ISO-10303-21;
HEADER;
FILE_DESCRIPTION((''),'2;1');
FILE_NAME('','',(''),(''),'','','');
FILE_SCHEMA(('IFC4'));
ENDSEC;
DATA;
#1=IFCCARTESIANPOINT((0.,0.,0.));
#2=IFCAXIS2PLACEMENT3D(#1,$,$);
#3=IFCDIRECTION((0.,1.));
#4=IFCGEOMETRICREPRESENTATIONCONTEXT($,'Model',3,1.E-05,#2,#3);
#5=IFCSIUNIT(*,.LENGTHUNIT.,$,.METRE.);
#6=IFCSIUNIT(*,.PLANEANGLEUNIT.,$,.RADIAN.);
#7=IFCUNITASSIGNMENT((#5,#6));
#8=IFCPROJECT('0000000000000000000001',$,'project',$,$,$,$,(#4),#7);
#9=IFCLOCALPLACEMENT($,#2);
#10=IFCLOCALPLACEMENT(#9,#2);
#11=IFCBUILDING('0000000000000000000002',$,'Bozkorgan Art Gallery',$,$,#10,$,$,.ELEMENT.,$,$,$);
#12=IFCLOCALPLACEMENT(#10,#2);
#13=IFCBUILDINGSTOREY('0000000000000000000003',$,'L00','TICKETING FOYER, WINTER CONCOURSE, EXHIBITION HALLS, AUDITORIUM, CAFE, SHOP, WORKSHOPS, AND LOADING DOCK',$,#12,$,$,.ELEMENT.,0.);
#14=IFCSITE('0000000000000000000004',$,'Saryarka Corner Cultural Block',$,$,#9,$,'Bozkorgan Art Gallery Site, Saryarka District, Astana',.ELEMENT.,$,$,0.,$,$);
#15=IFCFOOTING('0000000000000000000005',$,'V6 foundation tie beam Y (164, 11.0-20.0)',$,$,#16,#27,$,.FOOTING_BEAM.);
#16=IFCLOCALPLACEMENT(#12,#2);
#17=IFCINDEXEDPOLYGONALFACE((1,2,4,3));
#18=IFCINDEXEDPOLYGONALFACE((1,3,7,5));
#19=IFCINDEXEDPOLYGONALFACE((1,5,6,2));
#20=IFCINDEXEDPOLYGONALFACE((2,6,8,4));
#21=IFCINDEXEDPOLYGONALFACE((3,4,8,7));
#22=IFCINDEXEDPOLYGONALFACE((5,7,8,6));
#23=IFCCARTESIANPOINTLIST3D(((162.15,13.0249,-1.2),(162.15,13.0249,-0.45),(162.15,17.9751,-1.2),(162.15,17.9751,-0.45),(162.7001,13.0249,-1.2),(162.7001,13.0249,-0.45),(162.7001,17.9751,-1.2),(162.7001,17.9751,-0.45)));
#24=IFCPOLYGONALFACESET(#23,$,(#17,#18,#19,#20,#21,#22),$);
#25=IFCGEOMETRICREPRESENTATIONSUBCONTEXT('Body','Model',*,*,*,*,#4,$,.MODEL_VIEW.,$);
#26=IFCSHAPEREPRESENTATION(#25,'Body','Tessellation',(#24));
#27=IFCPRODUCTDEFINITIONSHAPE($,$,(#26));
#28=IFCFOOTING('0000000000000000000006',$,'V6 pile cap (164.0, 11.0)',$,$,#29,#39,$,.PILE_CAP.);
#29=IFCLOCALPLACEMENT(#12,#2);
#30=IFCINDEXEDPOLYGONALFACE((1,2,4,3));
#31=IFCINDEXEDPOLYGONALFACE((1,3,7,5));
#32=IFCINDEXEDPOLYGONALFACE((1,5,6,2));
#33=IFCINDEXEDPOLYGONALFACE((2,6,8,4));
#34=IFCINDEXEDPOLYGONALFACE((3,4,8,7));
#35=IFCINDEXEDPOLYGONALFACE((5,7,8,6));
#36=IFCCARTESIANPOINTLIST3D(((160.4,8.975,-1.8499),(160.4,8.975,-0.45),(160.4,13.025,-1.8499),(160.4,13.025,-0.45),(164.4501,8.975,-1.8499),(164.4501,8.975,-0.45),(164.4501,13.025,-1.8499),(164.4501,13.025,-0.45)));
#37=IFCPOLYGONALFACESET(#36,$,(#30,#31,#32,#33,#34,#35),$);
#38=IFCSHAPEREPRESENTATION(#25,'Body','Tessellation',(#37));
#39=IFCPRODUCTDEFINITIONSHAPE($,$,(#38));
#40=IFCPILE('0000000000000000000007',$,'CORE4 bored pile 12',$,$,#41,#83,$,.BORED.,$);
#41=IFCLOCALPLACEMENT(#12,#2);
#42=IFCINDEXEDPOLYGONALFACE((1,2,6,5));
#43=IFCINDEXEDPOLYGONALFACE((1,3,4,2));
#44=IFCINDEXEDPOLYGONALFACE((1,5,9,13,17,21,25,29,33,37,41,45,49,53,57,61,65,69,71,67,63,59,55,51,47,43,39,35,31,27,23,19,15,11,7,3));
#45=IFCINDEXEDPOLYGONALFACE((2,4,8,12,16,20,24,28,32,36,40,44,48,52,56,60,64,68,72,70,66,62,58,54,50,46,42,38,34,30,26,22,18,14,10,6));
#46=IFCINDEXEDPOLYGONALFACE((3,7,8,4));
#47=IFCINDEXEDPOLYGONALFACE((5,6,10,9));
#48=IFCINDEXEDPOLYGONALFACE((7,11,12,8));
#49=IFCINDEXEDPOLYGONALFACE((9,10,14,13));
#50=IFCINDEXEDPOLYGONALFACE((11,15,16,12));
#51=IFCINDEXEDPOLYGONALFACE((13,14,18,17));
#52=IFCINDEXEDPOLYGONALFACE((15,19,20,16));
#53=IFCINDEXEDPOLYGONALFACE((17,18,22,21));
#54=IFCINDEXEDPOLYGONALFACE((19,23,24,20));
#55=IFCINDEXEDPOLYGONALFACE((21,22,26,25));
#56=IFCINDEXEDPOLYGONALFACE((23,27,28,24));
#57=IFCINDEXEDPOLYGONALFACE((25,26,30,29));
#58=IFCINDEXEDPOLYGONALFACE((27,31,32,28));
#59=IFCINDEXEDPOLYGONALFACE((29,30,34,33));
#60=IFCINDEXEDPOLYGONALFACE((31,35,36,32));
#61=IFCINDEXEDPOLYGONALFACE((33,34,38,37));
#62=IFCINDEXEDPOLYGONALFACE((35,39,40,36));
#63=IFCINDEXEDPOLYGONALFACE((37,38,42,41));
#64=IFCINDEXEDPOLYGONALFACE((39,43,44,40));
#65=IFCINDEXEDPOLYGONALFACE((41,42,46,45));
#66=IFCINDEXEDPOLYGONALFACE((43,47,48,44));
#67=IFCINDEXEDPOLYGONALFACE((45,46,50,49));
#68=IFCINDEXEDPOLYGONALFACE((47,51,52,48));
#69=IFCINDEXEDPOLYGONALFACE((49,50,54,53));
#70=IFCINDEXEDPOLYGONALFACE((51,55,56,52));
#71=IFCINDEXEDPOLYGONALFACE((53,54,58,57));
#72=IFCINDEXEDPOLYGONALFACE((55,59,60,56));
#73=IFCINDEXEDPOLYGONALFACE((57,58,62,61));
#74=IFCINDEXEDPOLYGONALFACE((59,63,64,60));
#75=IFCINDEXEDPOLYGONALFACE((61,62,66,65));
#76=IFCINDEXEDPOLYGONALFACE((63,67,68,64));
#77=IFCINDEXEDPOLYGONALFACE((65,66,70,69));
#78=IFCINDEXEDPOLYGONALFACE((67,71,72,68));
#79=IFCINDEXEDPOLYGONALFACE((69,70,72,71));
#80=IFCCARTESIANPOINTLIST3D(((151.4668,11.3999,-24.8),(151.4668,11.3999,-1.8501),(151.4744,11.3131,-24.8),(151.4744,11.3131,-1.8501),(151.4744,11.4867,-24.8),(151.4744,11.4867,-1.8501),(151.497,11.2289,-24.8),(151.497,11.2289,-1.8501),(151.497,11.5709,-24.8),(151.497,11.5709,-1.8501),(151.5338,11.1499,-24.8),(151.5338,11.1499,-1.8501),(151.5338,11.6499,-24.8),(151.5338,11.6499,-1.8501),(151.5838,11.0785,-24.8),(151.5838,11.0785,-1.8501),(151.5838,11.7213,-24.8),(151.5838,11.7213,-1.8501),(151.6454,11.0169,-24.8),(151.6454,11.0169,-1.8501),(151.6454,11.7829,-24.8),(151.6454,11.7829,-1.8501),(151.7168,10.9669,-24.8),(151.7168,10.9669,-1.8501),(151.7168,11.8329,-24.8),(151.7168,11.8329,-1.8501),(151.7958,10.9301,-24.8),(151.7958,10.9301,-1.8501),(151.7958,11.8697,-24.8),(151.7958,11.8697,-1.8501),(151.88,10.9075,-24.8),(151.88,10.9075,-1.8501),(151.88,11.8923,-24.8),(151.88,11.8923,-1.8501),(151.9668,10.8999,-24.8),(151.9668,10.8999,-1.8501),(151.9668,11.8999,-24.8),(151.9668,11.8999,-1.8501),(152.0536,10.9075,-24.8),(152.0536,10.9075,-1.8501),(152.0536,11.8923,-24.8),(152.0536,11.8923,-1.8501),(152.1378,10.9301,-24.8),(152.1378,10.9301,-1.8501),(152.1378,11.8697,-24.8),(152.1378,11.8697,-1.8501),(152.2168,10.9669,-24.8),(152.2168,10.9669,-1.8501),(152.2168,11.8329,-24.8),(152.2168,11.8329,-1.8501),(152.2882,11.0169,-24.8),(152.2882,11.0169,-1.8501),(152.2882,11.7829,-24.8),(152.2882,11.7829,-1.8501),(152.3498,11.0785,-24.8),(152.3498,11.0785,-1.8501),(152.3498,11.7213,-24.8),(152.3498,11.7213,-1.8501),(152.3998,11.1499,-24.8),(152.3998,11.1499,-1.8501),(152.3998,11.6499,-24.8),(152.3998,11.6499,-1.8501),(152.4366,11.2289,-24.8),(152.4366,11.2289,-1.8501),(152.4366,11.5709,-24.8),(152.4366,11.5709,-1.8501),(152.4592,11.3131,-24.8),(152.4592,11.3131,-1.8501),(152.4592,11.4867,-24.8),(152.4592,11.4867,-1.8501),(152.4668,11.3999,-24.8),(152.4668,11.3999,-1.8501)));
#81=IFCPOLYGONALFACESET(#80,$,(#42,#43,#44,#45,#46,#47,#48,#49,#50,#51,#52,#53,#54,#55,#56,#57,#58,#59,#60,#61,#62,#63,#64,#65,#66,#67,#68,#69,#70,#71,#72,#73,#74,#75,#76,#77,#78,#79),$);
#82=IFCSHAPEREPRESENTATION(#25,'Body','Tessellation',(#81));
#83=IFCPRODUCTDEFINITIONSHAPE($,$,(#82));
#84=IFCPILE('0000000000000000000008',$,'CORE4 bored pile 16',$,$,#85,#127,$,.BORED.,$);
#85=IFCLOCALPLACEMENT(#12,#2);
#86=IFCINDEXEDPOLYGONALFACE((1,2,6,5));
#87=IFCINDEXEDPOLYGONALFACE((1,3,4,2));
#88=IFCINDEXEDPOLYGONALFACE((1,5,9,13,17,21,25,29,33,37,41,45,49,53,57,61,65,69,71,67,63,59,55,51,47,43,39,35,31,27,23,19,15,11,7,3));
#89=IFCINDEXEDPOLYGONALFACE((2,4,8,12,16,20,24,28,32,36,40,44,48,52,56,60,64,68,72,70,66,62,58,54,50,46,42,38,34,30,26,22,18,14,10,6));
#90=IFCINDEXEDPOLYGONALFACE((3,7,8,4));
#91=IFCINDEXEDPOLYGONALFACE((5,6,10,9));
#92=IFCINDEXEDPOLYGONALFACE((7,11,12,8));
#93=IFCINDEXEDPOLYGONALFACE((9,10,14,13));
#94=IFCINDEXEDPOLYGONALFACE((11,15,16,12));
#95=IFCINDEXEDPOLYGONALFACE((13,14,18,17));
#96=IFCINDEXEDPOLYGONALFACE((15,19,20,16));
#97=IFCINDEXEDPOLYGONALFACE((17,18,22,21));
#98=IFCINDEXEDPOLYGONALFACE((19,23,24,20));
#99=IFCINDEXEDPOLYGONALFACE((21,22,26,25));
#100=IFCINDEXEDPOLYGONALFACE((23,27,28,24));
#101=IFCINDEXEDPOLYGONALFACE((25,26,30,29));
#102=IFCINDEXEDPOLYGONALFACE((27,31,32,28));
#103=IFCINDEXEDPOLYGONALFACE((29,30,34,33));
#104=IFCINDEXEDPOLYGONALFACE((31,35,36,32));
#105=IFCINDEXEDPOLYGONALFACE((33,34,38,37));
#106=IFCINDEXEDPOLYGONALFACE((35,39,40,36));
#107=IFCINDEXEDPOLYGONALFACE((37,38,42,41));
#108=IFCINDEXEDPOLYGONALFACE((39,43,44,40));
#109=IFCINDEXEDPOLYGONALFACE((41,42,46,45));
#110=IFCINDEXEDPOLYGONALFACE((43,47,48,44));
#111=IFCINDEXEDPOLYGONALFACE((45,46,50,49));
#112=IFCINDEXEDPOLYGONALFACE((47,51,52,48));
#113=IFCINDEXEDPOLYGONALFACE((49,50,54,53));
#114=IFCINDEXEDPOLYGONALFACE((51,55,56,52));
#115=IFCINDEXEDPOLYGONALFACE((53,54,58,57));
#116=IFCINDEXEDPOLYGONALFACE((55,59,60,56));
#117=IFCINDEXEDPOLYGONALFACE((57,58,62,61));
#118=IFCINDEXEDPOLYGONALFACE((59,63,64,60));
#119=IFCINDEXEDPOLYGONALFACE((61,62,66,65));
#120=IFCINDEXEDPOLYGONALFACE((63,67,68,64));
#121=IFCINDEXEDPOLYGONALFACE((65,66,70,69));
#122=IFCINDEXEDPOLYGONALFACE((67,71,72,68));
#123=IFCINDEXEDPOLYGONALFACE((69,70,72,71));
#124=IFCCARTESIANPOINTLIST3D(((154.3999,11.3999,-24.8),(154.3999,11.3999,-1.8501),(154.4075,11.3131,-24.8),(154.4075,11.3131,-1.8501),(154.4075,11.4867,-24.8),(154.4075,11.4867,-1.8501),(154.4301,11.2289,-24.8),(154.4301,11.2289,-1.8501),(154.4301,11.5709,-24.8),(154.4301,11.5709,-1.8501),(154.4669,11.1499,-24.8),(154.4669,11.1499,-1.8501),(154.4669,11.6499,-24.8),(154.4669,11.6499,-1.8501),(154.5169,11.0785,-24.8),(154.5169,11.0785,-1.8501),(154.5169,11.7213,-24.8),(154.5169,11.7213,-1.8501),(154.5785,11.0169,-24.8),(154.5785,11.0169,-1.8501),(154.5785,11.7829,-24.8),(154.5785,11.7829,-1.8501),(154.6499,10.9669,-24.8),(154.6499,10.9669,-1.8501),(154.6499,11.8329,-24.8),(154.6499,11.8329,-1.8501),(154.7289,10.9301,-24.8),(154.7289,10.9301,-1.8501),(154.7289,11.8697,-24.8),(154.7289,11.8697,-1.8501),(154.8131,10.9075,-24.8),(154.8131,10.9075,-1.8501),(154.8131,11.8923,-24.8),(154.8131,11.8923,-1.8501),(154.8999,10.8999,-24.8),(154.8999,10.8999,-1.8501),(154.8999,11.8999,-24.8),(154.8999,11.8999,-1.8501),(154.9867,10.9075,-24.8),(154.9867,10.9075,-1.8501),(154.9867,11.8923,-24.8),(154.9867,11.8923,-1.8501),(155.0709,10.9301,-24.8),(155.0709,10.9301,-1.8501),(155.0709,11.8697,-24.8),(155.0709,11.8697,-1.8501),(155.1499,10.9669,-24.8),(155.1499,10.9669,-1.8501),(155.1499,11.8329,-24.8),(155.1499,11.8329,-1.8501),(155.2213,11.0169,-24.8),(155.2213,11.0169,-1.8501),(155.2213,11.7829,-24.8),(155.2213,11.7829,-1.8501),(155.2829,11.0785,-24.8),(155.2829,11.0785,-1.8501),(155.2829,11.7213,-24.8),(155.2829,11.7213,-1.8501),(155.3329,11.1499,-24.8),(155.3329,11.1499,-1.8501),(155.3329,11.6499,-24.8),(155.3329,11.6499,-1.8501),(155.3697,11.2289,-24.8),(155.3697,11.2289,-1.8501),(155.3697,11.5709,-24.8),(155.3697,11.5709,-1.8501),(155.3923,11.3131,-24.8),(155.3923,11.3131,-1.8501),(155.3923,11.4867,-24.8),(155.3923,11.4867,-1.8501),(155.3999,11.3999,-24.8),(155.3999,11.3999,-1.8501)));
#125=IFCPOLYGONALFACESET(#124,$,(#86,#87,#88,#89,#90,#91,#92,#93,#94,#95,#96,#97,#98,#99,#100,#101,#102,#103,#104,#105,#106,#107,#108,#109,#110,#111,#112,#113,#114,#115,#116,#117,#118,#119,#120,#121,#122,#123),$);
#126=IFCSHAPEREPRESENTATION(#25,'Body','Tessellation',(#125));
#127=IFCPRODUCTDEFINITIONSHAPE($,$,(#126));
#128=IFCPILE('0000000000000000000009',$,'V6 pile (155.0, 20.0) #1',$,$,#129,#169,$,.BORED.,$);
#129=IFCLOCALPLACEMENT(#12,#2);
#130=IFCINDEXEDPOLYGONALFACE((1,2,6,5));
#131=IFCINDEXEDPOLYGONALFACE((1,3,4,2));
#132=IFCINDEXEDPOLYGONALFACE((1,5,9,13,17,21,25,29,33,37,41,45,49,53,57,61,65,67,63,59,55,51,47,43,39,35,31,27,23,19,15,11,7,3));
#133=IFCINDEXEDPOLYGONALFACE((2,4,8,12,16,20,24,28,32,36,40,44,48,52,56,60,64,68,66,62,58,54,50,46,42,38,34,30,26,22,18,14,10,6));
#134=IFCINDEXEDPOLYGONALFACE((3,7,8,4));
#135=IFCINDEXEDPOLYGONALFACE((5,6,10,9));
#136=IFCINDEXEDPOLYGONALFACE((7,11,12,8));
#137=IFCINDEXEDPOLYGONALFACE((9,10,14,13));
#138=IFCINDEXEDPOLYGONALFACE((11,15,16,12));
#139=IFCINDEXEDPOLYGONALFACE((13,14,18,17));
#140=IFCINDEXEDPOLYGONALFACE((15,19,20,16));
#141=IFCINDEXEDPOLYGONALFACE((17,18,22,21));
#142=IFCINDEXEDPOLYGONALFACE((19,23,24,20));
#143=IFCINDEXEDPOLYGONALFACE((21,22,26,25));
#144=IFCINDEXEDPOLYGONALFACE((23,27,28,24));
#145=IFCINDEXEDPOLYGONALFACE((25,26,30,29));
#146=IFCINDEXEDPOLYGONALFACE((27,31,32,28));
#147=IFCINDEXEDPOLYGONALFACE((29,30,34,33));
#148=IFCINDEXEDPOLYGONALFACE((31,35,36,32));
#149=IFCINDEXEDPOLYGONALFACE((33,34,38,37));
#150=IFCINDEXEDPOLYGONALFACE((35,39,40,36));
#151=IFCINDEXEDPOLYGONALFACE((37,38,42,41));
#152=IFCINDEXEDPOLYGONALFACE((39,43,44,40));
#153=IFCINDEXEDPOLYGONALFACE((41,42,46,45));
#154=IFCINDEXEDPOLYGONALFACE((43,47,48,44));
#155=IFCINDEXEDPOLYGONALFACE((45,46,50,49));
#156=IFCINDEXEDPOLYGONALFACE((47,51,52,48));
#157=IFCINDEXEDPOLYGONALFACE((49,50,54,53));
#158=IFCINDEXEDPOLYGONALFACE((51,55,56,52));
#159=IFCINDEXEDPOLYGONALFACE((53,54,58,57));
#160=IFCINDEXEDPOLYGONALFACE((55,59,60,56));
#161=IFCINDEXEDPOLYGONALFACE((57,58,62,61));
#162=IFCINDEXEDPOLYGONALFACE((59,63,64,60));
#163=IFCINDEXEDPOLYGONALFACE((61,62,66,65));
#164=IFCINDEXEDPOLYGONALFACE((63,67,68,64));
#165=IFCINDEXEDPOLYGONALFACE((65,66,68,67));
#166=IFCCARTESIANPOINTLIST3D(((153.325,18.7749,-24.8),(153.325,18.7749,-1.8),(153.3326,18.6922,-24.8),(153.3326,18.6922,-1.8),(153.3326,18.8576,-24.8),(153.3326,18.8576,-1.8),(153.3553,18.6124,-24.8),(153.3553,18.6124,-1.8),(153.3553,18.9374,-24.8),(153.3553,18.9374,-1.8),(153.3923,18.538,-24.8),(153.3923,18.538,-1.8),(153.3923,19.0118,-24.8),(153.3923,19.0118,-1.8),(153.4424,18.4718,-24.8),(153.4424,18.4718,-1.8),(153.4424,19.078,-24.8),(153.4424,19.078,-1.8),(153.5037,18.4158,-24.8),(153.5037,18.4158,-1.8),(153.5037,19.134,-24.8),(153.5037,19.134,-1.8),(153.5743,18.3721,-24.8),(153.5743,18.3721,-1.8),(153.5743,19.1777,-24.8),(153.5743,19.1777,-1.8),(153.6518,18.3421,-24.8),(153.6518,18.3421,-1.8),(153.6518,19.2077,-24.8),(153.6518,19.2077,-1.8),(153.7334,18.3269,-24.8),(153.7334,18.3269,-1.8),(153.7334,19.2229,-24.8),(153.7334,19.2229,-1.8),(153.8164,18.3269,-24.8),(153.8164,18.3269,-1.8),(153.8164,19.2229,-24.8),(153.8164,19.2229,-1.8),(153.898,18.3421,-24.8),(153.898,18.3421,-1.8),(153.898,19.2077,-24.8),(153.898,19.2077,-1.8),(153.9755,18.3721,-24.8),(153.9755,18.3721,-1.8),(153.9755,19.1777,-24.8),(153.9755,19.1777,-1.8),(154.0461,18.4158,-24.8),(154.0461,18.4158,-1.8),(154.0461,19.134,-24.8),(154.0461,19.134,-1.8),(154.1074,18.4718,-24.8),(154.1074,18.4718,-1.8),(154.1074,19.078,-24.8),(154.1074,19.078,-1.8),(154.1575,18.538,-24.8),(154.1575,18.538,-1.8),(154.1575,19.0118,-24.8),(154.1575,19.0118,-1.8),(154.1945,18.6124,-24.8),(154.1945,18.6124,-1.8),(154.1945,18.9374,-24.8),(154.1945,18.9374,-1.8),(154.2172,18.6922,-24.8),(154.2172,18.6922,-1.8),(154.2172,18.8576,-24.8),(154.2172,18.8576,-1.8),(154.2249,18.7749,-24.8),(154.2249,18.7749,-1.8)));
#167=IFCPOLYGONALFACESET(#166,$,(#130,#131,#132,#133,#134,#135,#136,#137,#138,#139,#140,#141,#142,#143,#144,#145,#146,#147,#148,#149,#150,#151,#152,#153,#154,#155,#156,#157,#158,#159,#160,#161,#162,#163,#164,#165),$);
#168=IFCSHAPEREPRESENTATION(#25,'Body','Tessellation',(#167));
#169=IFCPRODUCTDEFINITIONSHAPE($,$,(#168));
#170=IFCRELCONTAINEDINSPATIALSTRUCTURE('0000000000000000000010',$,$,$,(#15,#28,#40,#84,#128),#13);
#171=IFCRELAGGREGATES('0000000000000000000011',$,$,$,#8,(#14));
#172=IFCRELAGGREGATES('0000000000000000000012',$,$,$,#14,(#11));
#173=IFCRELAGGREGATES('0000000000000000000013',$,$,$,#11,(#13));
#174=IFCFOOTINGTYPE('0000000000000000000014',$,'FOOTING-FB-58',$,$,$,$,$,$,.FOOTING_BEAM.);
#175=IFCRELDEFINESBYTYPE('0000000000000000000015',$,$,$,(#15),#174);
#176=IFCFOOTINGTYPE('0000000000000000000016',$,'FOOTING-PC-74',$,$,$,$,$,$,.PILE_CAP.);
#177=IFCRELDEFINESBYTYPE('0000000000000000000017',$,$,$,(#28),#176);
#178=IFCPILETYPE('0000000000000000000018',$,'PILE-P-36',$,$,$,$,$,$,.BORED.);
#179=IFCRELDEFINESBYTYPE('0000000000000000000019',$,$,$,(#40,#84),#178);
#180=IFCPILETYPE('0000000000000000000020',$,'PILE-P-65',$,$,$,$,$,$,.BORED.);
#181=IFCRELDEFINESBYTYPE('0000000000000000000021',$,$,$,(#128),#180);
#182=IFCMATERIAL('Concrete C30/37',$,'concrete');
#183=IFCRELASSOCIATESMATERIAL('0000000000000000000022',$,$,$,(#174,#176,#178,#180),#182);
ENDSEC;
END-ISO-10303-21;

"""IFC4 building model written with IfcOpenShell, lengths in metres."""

from ifc_helpers import new_model, si_unit, direction, frame, origin, origin_2d, place, context, subcontext, project, spatial, rectangle, circle, extrude, material, material_profile, profile_set, type_object, element, save


model = new_model("IFC4")

# Units and contexts
model_context = context("Model", 3, precision=1e-05, world=origin(), true_north=direction((0.0, 1.0)))
body_context = subcontext(model_context, "Body", "Model", "MODEL_VIEW")
ifc_project = project(units=[si_unit("LENGTHUNIT", "METRE"), si_unit("PLANEANGLEUNIT", "RADIAN")], contexts=[model_context])

# Site, building, storey
site_placement = place(None, origin())
site = spatial("IfcSite", under=ifc_project, at=site_placement, Name="Saryarka Corner Cultural Block", LongName="Bozkorgan Art Gallery Site, Saryarka District, Astana", CompositionType="ELEMENT", RefElevation=0.0)
building_placement = place(site_placement, origin())
building = spatial("IfcBuilding", under=site, at=building_placement, Name="Bozkorgan Art Gallery", CompositionType="ELEMENT")
storey_placement = place(building_placement, origin())
storey = spatial("IfcBuildingStorey", under=building, at=storey_placement, Name="L00", Description="TICKETING FOYER, WINTER CONCOURSE, EXHIBITION HALLS, AUDITORIUM, CAFE, SHOP, WORKSHOPS, AND LOADING DOCK", CompositionType="ELEMENT", Elevation=0.0)

# Footings
ifc_material_1 = material(Name="Concrete C30/37", Category="concrete")
ifc_material_profile_1 = material_profile(ifc_material_1, rectangle(XDim=0.55, YDim=0.75, at=origin_2d()), Name="FND 550x750")
ifc_profile_set_1 = profile_set([ifc_material_profile_1], Name="Concrete C30/37")
footing_type_1 = type_object("IfcFootingType", Name="FOOTING-FB-58", PredefinedType="FOOTING_BEAM", material=ifc_profile_set_1)
footing_1_placement = place(storey_placement, frame((162.425, 13.0249, -0.825), z_axis=(0.0, 1.0, 0.0), x_axis=(-1.0, 0.0, 0.0)))
element("IfcFooting", 1, at=footing_1_placement, inside=storey, type_object=footing_type_1, Name="V6 foundation tie beam Y (164, 11.0-20.0)", PredefinedType="FOOTING_BEAM", context=body_context, shape_type="SweptSolid", body=[
    extrude(rectangle(XDim=0.55, YDim=0.75, at=origin_2d()), origin(), (0.0, 0.0, 1.0), 4.9502),
])
footing_type_2 = type_object("IfcFootingType", Name="FOOTING-PC-74", PredefinedType="PILE_CAP", material=ifc_material_1)
footing_2_placement = place(storey_placement, frame((162.425, 11.0, -1.8499), z_axis=(0.0, 0.0, 1.0), x_axis=(1.0, 0.0, 0.0)))
element("IfcFooting", 2, at=footing_2_placement, inside=storey, type_object=footing_type_2, Name="V6 pile cap (164.0, 11.0)", PredefinedType="PILE_CAP", context=body_context, shape_type="SweptSolid", body=[
    extrude(rectangle(XDim=4.05, YDim=4.05, at=origin_2d()), origin(), (0.0, 0.0, 1.0), 1.3999),
])

# Piles
ifc_material_profile_2 = material_profile(ifc_material_1, circle(Radius=0.5, at=origin_2d()), Name="PILE D1000")
ifc_profile_set_2 = profile_set([ifc_material_profile_2], Name="Concrete C30/37")
pile_type_1 = type_object("IfcPileType", Name="PILE-P-36", PredefinedType="BORED", material=ifc_profile_set_2)
for number, where, z_axis, x_axis, name in (
    (3, (151.9668, 11.3999, -1.8501), (0.0, 0.0, -1.0), (1.0, 0.0, 0.0), "CORE4 bored pile 12"),
    (4, (154.8999, 11.3999, -1.8501), (0.0, 0.0, -1.0), (1.0, 0.0, 0.0), "CORE4 bored pile 16"),
):
    element("IfcPile", number, at=place(storey_placement, frame(where, z_axis=z_axis, x_axis=x_axis)), inside=storey, type_object=pile_type_1, Name=name, PredefinedType="BORED", context=body_context, shape_type="SweptSolid", body=[
        extrude(circle(Radius=0.5, at=origin_2d()), origin(), (0.0, 0.0, 1.0), 22.95),
    ])
ifc_material_profile_3 = material_profile(ifc_material_1, circle(Radius=0.45, at=origin_2d()), Name="PILE D900")
ifc_profile_set_3 = profile_set([ifc_material_profile_3], Name="Concrete C30/37")
pile_type_2 = type_object("IfcPileType", Name="PILE-P-65", PredefinedType="BORED", material=ifc_profile_set_3)
for number, where, z_axis, x_axis, name in (
    (5, (153.7749, 18.7749, -1.8), (0.0, 0.0, -1.0), (1.0, 0.0, 0.0), "V6 pile (155.0, 20.0) #1"),
):
    element("IfcPile", number, at=place(storey_placement, frame(where, z_axis=z_axis, x_axis=x_axis)), inside=storey, type_object=pile_type_2, Name=name, PredefinedType="BORED", context=body_context, shape_type="SweptSolid", body=[
        extrude(circle(Radius=0.45, at=origin_2d()), origin(), (0.0, 0.0, 1.0), 23.0),
    ])

save(model, "model.ifc")
